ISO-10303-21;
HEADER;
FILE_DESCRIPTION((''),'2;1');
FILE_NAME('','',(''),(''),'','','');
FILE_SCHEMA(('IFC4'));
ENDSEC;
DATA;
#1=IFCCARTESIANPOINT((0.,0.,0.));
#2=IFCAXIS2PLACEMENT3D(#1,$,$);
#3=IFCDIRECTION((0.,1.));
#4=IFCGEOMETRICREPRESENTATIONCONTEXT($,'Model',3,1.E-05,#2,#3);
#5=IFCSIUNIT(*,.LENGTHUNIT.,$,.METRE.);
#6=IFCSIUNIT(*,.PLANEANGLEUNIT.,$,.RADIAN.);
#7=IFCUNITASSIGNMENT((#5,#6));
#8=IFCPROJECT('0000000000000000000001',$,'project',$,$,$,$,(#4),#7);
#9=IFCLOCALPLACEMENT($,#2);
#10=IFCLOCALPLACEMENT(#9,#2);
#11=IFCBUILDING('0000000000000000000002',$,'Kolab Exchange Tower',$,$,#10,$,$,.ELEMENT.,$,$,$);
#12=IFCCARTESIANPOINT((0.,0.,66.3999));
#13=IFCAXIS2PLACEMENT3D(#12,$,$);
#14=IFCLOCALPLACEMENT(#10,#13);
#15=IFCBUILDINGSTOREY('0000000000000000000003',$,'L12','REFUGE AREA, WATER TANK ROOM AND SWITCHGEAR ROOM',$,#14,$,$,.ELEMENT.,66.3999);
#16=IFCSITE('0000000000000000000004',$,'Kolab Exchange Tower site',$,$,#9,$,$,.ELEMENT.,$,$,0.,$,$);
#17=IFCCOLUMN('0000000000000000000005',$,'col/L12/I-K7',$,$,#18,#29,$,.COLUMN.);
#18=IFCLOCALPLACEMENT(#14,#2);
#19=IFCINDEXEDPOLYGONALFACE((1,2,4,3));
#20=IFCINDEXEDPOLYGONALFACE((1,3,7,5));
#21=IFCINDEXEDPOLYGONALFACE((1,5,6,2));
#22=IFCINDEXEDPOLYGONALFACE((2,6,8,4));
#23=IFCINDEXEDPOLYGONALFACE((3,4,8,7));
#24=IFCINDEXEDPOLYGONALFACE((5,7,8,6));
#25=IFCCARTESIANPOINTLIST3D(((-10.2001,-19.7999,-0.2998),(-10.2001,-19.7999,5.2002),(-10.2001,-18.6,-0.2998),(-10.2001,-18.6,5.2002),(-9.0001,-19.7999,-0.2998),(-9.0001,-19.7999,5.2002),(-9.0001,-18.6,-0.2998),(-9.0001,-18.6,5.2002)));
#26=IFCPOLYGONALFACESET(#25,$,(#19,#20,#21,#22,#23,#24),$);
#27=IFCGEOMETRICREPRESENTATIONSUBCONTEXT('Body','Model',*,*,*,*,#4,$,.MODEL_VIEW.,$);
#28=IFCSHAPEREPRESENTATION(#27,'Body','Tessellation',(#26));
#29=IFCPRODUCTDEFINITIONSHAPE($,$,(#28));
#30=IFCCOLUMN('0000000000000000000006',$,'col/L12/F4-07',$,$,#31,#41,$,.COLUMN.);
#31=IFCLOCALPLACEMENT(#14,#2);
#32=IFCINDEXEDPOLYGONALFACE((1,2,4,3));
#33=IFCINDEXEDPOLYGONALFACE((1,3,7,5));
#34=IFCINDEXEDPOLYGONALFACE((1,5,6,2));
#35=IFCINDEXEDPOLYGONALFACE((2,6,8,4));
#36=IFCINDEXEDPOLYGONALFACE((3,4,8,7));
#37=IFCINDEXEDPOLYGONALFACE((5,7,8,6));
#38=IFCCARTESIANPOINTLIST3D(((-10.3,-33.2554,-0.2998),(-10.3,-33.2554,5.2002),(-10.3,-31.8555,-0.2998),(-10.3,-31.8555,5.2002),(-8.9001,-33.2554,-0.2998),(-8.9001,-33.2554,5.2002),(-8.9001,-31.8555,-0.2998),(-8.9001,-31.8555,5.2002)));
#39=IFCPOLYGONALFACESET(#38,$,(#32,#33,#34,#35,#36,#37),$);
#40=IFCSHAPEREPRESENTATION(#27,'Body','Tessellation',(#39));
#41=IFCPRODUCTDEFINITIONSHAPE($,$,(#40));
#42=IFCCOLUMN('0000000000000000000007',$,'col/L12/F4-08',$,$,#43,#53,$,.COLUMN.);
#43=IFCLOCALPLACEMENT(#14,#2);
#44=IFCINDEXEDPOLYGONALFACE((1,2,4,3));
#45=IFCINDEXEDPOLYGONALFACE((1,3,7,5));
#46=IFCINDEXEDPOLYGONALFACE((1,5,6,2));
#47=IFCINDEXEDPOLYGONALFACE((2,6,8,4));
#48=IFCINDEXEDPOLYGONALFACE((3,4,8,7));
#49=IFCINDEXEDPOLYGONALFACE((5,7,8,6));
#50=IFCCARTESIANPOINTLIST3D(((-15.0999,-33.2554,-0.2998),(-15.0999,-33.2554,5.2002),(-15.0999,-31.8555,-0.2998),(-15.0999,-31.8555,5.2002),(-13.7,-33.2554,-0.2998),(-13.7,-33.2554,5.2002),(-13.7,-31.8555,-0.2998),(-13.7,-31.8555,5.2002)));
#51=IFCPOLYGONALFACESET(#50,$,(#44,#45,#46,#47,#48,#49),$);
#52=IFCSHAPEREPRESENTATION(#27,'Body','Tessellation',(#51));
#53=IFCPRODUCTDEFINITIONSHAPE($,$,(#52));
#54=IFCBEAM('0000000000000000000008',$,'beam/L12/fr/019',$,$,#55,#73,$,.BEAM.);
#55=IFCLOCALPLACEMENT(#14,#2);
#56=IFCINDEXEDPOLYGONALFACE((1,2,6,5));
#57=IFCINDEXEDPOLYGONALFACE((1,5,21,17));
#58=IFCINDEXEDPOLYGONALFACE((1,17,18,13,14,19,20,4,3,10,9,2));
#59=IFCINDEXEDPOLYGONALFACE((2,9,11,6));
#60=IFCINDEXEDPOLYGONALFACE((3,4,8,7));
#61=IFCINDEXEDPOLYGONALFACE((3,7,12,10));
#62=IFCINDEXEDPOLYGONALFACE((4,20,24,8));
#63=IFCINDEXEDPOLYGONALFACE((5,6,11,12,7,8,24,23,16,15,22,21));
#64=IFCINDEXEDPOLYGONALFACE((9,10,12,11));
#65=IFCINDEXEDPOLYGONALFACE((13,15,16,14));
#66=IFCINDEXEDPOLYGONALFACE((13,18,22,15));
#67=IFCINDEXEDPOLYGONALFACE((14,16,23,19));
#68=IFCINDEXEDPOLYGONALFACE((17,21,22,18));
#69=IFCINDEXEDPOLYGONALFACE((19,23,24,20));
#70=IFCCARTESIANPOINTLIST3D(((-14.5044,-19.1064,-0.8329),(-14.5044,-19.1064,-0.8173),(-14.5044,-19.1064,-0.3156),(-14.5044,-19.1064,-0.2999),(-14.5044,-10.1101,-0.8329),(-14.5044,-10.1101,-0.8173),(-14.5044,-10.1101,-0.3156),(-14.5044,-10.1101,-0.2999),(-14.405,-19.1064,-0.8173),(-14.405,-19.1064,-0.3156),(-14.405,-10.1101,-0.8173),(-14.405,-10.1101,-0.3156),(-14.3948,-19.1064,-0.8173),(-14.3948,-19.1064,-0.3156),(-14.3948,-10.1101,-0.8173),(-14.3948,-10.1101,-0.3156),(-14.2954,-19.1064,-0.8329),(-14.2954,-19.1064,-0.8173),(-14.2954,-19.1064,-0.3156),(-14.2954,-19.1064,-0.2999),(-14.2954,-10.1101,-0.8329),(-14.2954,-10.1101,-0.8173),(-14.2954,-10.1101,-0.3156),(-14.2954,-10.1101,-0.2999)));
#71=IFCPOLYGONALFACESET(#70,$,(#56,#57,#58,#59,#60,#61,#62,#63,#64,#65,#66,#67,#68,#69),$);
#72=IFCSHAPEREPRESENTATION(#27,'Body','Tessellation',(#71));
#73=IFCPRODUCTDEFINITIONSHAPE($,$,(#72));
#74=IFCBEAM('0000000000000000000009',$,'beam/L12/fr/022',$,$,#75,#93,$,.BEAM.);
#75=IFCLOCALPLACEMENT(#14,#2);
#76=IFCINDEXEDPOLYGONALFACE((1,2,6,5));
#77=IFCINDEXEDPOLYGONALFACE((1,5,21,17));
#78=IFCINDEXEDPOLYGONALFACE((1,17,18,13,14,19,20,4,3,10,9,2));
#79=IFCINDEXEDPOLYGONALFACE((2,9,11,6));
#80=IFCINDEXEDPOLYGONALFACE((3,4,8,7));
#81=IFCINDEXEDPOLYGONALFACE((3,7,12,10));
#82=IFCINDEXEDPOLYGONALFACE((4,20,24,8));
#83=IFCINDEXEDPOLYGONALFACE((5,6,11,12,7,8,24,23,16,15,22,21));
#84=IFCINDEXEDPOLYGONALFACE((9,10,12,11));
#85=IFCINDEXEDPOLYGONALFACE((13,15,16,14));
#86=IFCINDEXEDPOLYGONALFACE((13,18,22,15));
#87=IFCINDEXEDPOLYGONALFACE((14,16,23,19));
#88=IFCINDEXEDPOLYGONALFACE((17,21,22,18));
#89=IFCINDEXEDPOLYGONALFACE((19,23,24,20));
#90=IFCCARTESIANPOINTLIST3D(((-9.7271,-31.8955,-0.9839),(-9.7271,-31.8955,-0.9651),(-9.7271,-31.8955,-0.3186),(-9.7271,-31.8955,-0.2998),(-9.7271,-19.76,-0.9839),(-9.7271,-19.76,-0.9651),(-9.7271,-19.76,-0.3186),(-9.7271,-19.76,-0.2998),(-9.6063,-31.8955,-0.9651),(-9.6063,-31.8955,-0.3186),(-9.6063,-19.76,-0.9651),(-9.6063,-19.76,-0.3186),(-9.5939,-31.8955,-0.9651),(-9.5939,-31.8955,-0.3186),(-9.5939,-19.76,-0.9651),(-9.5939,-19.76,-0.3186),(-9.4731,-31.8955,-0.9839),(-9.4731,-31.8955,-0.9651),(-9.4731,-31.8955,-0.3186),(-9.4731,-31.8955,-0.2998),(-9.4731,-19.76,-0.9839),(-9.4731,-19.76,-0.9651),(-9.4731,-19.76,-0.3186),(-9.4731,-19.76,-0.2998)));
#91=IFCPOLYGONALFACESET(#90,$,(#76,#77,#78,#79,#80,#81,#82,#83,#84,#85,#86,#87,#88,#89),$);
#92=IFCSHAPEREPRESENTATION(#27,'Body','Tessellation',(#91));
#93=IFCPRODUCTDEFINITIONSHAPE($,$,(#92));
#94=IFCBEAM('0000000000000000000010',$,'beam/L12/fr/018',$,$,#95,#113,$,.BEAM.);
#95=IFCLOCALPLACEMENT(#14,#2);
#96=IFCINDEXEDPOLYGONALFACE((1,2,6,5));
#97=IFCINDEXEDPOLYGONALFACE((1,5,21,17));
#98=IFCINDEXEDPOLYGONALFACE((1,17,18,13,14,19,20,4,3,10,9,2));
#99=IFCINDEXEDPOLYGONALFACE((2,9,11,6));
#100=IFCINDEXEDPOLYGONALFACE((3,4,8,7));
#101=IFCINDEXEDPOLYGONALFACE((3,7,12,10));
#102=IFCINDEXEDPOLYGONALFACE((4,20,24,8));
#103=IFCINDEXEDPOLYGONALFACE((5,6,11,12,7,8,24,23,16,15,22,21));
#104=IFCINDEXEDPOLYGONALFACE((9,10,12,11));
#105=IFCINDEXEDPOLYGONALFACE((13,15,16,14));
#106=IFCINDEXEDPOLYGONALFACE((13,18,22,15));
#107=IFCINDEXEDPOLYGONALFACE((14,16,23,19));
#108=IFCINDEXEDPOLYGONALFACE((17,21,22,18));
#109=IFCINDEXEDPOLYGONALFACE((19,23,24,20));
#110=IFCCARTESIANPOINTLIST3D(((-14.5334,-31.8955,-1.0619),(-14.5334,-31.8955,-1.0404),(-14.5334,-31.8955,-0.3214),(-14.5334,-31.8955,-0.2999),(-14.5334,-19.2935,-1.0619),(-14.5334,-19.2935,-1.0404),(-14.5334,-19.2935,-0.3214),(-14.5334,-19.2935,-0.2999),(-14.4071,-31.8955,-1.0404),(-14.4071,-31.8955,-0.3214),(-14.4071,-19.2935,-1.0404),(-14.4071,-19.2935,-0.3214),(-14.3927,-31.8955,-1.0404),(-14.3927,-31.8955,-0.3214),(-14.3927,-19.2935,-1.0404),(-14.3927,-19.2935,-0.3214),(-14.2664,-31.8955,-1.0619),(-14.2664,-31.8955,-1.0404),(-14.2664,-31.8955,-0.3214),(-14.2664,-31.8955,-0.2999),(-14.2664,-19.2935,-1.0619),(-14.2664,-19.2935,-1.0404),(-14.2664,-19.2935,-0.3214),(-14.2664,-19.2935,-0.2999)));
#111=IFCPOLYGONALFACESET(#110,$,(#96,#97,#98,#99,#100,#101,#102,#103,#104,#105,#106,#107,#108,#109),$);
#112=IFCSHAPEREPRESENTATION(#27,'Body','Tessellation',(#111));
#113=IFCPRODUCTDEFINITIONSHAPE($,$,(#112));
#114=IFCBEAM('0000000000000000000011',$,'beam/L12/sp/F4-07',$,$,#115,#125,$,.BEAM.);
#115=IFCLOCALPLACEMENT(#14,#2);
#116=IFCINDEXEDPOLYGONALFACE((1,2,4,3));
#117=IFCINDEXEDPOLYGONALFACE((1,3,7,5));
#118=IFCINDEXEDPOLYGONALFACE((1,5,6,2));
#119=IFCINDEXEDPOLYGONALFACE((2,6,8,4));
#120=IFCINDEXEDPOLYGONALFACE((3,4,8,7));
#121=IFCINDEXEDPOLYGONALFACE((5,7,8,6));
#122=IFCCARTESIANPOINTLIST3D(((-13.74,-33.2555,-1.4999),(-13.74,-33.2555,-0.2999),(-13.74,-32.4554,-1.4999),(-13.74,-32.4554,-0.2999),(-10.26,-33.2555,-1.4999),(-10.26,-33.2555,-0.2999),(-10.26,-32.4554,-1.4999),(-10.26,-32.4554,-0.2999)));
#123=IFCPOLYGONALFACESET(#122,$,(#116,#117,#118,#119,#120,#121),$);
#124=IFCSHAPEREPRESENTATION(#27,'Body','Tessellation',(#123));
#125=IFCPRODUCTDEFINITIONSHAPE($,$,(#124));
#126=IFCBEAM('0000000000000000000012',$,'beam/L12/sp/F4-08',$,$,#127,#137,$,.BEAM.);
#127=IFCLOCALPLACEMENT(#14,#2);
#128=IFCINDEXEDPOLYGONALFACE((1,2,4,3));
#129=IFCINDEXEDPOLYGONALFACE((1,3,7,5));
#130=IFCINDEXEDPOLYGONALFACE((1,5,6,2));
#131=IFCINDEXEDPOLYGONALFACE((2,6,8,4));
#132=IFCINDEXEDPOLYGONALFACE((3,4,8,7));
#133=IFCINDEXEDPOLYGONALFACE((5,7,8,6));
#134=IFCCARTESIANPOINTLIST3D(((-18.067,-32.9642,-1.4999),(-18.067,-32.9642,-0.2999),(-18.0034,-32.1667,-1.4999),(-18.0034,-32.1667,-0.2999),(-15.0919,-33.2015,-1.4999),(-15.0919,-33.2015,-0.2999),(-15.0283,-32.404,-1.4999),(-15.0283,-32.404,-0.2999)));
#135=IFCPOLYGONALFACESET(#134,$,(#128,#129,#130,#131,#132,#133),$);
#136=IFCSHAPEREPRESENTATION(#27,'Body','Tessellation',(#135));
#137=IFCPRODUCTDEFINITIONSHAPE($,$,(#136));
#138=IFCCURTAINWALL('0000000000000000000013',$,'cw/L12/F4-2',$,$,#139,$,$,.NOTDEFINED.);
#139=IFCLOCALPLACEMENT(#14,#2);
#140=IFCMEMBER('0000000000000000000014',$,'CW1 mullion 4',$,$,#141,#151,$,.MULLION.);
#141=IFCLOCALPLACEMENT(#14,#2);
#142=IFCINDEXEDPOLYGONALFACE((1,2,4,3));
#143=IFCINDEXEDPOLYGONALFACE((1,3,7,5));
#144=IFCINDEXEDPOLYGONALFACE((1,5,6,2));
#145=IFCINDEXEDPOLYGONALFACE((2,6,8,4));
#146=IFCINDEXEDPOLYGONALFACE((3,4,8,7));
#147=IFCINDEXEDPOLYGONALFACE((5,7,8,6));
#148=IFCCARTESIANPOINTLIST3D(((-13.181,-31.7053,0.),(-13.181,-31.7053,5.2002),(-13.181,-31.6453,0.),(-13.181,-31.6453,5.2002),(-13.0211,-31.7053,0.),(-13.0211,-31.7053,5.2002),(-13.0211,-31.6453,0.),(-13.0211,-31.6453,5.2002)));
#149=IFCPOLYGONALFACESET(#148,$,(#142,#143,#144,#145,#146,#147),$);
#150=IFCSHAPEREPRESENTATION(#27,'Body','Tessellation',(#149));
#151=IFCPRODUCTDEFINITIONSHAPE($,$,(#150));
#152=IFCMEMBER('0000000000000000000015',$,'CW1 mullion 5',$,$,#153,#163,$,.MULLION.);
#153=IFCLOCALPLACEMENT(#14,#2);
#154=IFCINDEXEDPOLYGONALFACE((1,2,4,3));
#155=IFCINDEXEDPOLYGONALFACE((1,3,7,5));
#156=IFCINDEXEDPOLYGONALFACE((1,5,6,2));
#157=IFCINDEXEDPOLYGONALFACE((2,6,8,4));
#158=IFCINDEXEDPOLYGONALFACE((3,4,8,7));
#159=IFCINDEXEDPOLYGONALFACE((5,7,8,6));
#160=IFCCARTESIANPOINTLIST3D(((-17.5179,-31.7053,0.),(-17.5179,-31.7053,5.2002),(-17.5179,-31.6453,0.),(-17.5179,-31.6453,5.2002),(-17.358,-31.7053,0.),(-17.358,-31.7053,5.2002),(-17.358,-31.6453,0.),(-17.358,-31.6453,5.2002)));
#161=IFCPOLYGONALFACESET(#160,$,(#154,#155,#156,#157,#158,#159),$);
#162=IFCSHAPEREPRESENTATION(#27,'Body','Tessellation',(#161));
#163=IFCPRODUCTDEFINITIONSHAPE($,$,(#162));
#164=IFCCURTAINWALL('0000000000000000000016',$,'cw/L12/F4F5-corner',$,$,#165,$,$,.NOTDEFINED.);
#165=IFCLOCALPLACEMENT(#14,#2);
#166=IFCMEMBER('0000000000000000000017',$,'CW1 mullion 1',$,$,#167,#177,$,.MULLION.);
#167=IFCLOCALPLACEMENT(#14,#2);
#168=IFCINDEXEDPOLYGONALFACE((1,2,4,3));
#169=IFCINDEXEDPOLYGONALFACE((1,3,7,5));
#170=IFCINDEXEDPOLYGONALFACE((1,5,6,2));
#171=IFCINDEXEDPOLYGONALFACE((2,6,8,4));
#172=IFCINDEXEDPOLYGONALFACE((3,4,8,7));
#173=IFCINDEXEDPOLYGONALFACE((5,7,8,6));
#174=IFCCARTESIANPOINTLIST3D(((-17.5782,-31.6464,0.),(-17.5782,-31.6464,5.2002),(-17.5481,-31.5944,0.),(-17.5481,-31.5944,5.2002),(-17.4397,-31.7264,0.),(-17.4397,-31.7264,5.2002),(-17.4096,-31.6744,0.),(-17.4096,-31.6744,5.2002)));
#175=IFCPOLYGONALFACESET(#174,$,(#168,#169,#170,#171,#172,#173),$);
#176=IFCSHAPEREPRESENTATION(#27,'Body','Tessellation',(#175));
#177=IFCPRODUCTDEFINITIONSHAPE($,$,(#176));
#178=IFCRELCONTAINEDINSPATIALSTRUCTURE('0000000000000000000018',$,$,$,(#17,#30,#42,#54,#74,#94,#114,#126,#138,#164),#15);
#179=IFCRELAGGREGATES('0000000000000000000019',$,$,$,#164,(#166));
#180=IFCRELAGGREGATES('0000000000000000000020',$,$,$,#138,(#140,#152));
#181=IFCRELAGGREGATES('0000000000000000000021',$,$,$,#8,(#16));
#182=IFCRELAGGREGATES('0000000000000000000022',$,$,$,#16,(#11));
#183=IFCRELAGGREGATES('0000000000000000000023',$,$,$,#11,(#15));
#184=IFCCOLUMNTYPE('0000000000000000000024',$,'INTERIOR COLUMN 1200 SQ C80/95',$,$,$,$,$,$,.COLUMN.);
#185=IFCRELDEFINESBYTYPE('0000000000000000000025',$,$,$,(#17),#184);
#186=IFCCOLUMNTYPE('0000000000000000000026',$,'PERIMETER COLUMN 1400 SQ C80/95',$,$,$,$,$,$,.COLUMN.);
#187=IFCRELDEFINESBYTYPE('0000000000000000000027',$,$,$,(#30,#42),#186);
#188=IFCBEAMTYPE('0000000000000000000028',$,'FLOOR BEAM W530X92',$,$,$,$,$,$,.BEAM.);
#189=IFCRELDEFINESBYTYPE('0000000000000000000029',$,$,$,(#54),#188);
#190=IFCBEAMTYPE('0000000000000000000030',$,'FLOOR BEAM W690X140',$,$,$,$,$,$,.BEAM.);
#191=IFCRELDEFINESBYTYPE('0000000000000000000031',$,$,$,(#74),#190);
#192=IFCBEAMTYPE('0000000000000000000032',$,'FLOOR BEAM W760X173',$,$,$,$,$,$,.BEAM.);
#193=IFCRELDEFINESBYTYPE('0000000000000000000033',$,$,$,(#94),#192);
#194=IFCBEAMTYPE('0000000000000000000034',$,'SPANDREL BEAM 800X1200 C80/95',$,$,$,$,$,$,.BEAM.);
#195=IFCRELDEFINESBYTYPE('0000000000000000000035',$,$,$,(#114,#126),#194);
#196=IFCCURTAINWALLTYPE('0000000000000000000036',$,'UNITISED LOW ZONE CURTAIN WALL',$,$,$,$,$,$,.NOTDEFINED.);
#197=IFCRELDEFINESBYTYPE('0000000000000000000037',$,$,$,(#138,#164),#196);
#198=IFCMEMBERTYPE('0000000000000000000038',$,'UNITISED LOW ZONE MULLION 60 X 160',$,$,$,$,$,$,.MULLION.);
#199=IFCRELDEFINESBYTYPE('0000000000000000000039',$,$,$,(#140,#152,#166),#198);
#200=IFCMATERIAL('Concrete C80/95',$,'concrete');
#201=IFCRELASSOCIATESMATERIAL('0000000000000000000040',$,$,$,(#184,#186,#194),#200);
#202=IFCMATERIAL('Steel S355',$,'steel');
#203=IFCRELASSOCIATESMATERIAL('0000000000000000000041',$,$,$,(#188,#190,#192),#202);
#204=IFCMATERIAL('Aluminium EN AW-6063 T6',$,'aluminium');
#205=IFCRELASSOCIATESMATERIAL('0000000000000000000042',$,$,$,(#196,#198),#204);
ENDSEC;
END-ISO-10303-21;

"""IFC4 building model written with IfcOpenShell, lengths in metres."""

from ifc_helpers import new_model, si_unit, direction, frame, origin, origin_2d, place, context, subcontext, project, spatial, rectangle, i_section, extrude, material, material_profile, profile_set, type_object, element, aggregate, save


model = new_model("IFC4")

# Units and contexts
model_context = context("Model", 3, precision=1e-05, world=origin(), true_north=direction((0.0, 1.0)))
body_context = subcontext(model_context, "Body", "Model", "MODEL_VIEW")
ifc_project = project(units=[si_unit("LENGTHUNIT", "METRE"), si_unit("PLANEANGLEUNIT", "RADIAN")], contexts=[model_context])

# Site, building, storey
site_placement = place(None, origin())
site = spatial("IfcSite", under=ifc_project, at=site_placement, Name="Kolab Exchange Tower site", CompositionType="ELEMENT", RefElevation=0.0)
building_placement = place(site_placement, origin())
building = spatial("IfcBuilding", under=site, at=building_placement, Name="Kolab Exchange Tower", CompositionType="ELEMENT")
storey_placement = place(building_placement, frame((0.0, 0.0, 66.3999)))
storey = spatial("IfcBuildingStorey", under=building, at=storey_placement, Name="L12", Description="REFUGE AREA, WATER TANK ROOM AND SWITCHGEAR ROOM", CompositionType="ELEMENT", Elevation=66.3999)

# Columns
ifc_material_1 = material(Name="Concrete C80/95", Category="concrete")
ifc_material_profile_1 = material_profile(ifc_material_1, rectangle(XDim=1.2, YDim=1.2, at=origin_2d()), Name="RC1200")
ifc_profile_set_1 = profile_set([ifc_material_profile_1], Name="Concrete C80/95")
column_type_1 = type_object("IfcColumnType", Name="INTERIOR COLUMN 1200 SQ C80/95", PredefinedType="COLUMN", material=ifc_profile_set_1)
column_placement = place(storey_placement, frame((-9.6001, -19.2, -0.2998), z_axis=(0.0, 0.0, 1.0), x_axis=(1.0, 0.0, 0.0)))
element("IfcColumn", 1, at=column_placement, inside=storey, type_object=column_type_1, Name="col/L12/I-K7", PredefinedType="COLUMN", context=body_context, shape_type="SweptSolid", body=[
    extrude(rectangle(XDim=1.2, YDim=1.2, at=origin_2d()), origin(), (0.0, 0.0, 1.0), 5.5),
])
ifc_material_profile_2 = material_profile(ifc_material_1, rectangle(XDim=1.3999, YDim=1.3999, at=origin_2d()), Name="RC1400")
ifc_profile_set_2 = profile_set([ifc_material_profile_2], Name="Concrete C80/95")
column_type_2 = type_object("IfcColumnType", Name="PERIMETER COLUMN 1400 SQ C80/95", PredefinedType="COLUMN", material=ifc_profile_set_2)
for number, where, z_axis, x_axis, name in (
    (2, (-9.6001, -32.5554, -0.2998), (0.0, 0.0, 1.0), (1.0, 0.0, 0.0), "col/L12/F4-07"),
    (3, (-14.3999, -32.5554, -0.2998), (0.0, 0.0, 1.0), (1.0, 0.0, 0.0), "col/L12/F4-08"),
):
    element("IfcColumn", number, at=place(storey_placement, frame(where, z_axis=z_axis, x_axis=x_axis)), inside=storey, type_object=column_type_2, Name=name, PredefinedType="COLUMN", context=body_context, shape_type="SweptSolid", body=[
        extrude(rectangle(XDim=1.3999, YDim=1.3999, at=origin_2d()), origin(), (0.0, 0.0, 1.0), 5.5),
    ])

# Beams
ifc_material_2 = material(Name="Steel S355", Category="steel")
ifc_material_profile_3 = material_profile(ifc_material_2, i_section(OverallWidth=0.209, OverallDepth=0.533, WebThickness=0.0103, FlangeThickness=0.0156, at=origin_2d()), Name="W530X92")
ifc_profile_set_3 = profile_set([ifc_material_profile_3], Name="Steel S355")
beam_type_1 = type_object("IfcBeamType", Name="FLOOR BEAM W530X92", PredefinedType="BEAM", material=ifc_profile_set_3)
beam_1_placement = place(storey_placement, frame((-14.3999, -19.1064, -0.5664), z_axis=(0.0, 1.0, 0.0), x_axis=(-1.0, 0.0, 0.0)))
element("IfcBeam", 4, at=beam_1_placement, inside=storey, type_object=beam_type_1, Name="beam/L12/fr/019", PredefinedType="BEAM", context=body_context, shape_type="SweptSolid", body=[
    extrude(i_section(OverallWidth=0.209, OverallDepth=0.533, WebThickness=0.0103, FlangeThickness=0.0156, at=origin_2d()), origin(), (0.0, 0.0, 1.0), 8.9963),
])
ifc_material_profile_4 = material_profile(ifc_material_2, i_section(OverallWidth=0.2539, OverallDepth=0.6841, WebThickness=0.0125, FlangeThickness=0.0188, at=origin_2d()), Name="W690X140")
ifc_profile_set_4 = profile_set([ifc_material_profile_4], Name="Steel S355")
beam_type_2 = type_object("IfcBeamType", Name="FLOOR BEAM W690X140", PredefinedType="BEAM", material=ifc_profile_set_4)
beam_2_placement = place(storey_placement, frame((-9.6001, -31.8955, -0.6418), z_axis=(0.0, 1.0, 0.0), x_axis=(-1.0, 0.0, 0.0)))
element("IfcBeam", 5, at=beam_2_placement, inside=storey, type_object=beam_type_2, Name="beam/L12/fr/022", PredefinedType="BEAM", context=body_context, shape_type="SweptSolid", body=[
    extrude(i_section(OverallWidth=0.2539, OverallDepth=0.6841, WebThickness=0.0125, FlangeThickness=0.0188, at=origin_2d()), origin(), (0.0, 0.0, 1.0), 12.1355),
])
ifc_material_profile_5 = material_profile(ifc_material_2, i_section(OverallWidth=0.2671, OverallDepth=0.762, WebThickness=0.0144, FlangeThickness=0.0215, at=origin_2d()), Name="W760X173")
ifc_profile_set_5 = profile_set([ifc_material_profile_5], Name="Steel S355")
beam_type_3 = type_object("IfcBeamType", Name="FLOOR BEAM W760X173", PredefinedType="BEAM", material=ifc_profile_set_5)
beam_3_placement = place(storey_placement, frame((-14.3999, -31.8955, -0.6809), z_axis=(0.0, 1.0, 0.0), x_axis=(-1.0, 0.0, 0.0)))
element("IfcBeam", 6, at=beam_3_placement, inside=storey, type_object=beam_type_3, Name="beam/L12/fr/018", PredefinedType="BEAM", context=body_context, shape_type="SweptSolid", body=[
    extrude(i_section(OverallWidth=0.2671, OverallDepth=0.762, WebThickness=0.0144, FlangeThickness=0.0215, at=origin_2d()), origin(), (0.0, 0.0, 1.0), 12.6021),
])
ifc_material_profile_6 = material_profile(ifc_material_1, rectangle(XDim=0.8, YDim=1.2, at=origin_2d()), Name="RC800X1200")
ifc_profile_set_6 = profile_set([ifc_material_profile_6], Name="Concrete C80/95")
beam_type_4 = type_object("IfcBeamType", Name="SPANDREL BEAM 800X1200 C80/95", PredefinedType="BEAM", material=ifc_profile_set_6)
beam_4_placement = place(storey_placement, frame((-10.26, -32.8555, -0.8999), z_axis=(-1.0, 0.0, 0.0), x_axis=(0.0, -1.0, 0.0)))
element("IfcBeam", 7, at=beam_4_placement, inside=storey, type_object=beam_type_4, Name="beam/L12/sp/F4-07", PredefinedType="BEAM", context=body_context, shape_type="SweptSolid", body=[
    extrude(rectangle(XDim=0.8, YDim=1.2, at=origin_2d()), origin(), (0.0, 0.0, 1.0), 3.48),
])
beam_5_placement = place(storey_placement, frame((-15.0601, -32.8027, -0.8999), z_axis=(-0.996834, 0.079511, 0.0), x_axis=(-0.079511, -0.996834, 0.0)))
element("IfcBeam", 8, at=beam_5_placement, inside=storey, type_object=beam_type_4, Name="beam/L12/sp/F4-08", PredefinedType="BEAM", context=body_context, shape_type="SweptSolid", body=[
    extrude(rectangle(XDim=0.8, YDim=1.2, at=origin_2d()), origin(), (0.0, 0.0, 1.0), 2.9846),
])

# Curtain wall, members
ifc_material_3 = material(Name="Aluminium EN AW-6063 T6", Category="aluminium")
curtain_wall_type = type_object("IfcCurtainWallType", Name="UNITISED LOW ZONE CURTAIN WALL", PredefinedType="NOTDEFINED", material=ifc_material_3)
curtain_wall_1_placement = place(storey_placement, origin())
curtain_wall_1 = element("IfcCurtainWall", 9, at=curtain_wall_1_placement, inside=storey, type_object=curtain_wall_type, Name="cw/L12/F4-2", PredefinedType="NOTDEFINED")
ifc_material_profile_7 = material_profile(ifc_material_3, rectangle(XDim=0.0601, YDim=0.1599, at=origin_2d()), Name="RECT 60X160")
ifc_profile_set_7 = profile_set([ifc_material_profile_7], Name="Aluminium EN AW-6063 T6")
member_type_1 = type_object("IfcMemberType", Name="UNITISED LOW ZONE MULLION 60 X 160", PredefinedType="MULLION", material=ifc_profile_set_7)
member_1_placement = place(storey_placement, frame((-13.1011, -31.6753, 0.0), z_axis=(0.0, 0.0, 1.0), x_axis=(0.0, -1.0, 0.0)))
member_1 = element("IfcMember", 10, at=member_1_placement, type_object=member_type_1, Name="CW1 mullion 4", PredefinedType="MULLION", context=body_context, shape_type="SweptSolid", body=[
    extrude(rectangle(XDim=0.0601, YDim=0.1599, at=origin_2d()), origin(), (0.0, 0.0, 1.0), 5.2002),
])
member_2_placement = place(storey_placement, frame((-17.438, -31.6753, 0.0), z_axis=(0.0, 0.0, 1.0), x_axis=(0.0, -1.0, 0.0)))
member_2 = element("IfcMember", 11, at=member_2_placement, type_object=member_type_1, Name="CW1 mullion 5", PredefinedType="MULLION", context=body_context, shape_type="SweptSolid", body=[
    extrude(rectangle(XDim=0.0601, YDim=0.1599, at=origin_2d()), origin(), (0.0, 0.0, 1.0), 5.2002),
])

# Curtain wall, member
curtain_wall_2_placement = place(storey_placement, origin())
curtain_wall_2 = element("IfcCurtainWall", 12, at=curtain_wall_2_placement, inside=storey, type_object=curtain_wall_type, Name="cw/L12/F4F5-corner", PredefinedType="NOTDEFINED")
member_3_placement = place(storey_placement, frame((-17.4939, -31.6604, 0.0), z_axis=(0.0, 0.0, 1.0), x_axis=(-0.5, -0.866025, 0.0)))
member_3 = element("IfcMember", 13, at=member_3_placement, type_object=member_type_1, Name="CW1 mullion 1", PredefinedType="MULLION", context=body_context, shape_type="SweptSolid", body=[
    extrude(rectangle(XDim=0.0601, YDim=0.1599, at=origin_2d()), origin(), (0.0, 0.0, 1.0), 5.2002),
])

aggregate(curtain_wall_2, [member_3])

aggregate(curtain_wall_1, [member_1, member_2])

save(model, "model.ifc")
